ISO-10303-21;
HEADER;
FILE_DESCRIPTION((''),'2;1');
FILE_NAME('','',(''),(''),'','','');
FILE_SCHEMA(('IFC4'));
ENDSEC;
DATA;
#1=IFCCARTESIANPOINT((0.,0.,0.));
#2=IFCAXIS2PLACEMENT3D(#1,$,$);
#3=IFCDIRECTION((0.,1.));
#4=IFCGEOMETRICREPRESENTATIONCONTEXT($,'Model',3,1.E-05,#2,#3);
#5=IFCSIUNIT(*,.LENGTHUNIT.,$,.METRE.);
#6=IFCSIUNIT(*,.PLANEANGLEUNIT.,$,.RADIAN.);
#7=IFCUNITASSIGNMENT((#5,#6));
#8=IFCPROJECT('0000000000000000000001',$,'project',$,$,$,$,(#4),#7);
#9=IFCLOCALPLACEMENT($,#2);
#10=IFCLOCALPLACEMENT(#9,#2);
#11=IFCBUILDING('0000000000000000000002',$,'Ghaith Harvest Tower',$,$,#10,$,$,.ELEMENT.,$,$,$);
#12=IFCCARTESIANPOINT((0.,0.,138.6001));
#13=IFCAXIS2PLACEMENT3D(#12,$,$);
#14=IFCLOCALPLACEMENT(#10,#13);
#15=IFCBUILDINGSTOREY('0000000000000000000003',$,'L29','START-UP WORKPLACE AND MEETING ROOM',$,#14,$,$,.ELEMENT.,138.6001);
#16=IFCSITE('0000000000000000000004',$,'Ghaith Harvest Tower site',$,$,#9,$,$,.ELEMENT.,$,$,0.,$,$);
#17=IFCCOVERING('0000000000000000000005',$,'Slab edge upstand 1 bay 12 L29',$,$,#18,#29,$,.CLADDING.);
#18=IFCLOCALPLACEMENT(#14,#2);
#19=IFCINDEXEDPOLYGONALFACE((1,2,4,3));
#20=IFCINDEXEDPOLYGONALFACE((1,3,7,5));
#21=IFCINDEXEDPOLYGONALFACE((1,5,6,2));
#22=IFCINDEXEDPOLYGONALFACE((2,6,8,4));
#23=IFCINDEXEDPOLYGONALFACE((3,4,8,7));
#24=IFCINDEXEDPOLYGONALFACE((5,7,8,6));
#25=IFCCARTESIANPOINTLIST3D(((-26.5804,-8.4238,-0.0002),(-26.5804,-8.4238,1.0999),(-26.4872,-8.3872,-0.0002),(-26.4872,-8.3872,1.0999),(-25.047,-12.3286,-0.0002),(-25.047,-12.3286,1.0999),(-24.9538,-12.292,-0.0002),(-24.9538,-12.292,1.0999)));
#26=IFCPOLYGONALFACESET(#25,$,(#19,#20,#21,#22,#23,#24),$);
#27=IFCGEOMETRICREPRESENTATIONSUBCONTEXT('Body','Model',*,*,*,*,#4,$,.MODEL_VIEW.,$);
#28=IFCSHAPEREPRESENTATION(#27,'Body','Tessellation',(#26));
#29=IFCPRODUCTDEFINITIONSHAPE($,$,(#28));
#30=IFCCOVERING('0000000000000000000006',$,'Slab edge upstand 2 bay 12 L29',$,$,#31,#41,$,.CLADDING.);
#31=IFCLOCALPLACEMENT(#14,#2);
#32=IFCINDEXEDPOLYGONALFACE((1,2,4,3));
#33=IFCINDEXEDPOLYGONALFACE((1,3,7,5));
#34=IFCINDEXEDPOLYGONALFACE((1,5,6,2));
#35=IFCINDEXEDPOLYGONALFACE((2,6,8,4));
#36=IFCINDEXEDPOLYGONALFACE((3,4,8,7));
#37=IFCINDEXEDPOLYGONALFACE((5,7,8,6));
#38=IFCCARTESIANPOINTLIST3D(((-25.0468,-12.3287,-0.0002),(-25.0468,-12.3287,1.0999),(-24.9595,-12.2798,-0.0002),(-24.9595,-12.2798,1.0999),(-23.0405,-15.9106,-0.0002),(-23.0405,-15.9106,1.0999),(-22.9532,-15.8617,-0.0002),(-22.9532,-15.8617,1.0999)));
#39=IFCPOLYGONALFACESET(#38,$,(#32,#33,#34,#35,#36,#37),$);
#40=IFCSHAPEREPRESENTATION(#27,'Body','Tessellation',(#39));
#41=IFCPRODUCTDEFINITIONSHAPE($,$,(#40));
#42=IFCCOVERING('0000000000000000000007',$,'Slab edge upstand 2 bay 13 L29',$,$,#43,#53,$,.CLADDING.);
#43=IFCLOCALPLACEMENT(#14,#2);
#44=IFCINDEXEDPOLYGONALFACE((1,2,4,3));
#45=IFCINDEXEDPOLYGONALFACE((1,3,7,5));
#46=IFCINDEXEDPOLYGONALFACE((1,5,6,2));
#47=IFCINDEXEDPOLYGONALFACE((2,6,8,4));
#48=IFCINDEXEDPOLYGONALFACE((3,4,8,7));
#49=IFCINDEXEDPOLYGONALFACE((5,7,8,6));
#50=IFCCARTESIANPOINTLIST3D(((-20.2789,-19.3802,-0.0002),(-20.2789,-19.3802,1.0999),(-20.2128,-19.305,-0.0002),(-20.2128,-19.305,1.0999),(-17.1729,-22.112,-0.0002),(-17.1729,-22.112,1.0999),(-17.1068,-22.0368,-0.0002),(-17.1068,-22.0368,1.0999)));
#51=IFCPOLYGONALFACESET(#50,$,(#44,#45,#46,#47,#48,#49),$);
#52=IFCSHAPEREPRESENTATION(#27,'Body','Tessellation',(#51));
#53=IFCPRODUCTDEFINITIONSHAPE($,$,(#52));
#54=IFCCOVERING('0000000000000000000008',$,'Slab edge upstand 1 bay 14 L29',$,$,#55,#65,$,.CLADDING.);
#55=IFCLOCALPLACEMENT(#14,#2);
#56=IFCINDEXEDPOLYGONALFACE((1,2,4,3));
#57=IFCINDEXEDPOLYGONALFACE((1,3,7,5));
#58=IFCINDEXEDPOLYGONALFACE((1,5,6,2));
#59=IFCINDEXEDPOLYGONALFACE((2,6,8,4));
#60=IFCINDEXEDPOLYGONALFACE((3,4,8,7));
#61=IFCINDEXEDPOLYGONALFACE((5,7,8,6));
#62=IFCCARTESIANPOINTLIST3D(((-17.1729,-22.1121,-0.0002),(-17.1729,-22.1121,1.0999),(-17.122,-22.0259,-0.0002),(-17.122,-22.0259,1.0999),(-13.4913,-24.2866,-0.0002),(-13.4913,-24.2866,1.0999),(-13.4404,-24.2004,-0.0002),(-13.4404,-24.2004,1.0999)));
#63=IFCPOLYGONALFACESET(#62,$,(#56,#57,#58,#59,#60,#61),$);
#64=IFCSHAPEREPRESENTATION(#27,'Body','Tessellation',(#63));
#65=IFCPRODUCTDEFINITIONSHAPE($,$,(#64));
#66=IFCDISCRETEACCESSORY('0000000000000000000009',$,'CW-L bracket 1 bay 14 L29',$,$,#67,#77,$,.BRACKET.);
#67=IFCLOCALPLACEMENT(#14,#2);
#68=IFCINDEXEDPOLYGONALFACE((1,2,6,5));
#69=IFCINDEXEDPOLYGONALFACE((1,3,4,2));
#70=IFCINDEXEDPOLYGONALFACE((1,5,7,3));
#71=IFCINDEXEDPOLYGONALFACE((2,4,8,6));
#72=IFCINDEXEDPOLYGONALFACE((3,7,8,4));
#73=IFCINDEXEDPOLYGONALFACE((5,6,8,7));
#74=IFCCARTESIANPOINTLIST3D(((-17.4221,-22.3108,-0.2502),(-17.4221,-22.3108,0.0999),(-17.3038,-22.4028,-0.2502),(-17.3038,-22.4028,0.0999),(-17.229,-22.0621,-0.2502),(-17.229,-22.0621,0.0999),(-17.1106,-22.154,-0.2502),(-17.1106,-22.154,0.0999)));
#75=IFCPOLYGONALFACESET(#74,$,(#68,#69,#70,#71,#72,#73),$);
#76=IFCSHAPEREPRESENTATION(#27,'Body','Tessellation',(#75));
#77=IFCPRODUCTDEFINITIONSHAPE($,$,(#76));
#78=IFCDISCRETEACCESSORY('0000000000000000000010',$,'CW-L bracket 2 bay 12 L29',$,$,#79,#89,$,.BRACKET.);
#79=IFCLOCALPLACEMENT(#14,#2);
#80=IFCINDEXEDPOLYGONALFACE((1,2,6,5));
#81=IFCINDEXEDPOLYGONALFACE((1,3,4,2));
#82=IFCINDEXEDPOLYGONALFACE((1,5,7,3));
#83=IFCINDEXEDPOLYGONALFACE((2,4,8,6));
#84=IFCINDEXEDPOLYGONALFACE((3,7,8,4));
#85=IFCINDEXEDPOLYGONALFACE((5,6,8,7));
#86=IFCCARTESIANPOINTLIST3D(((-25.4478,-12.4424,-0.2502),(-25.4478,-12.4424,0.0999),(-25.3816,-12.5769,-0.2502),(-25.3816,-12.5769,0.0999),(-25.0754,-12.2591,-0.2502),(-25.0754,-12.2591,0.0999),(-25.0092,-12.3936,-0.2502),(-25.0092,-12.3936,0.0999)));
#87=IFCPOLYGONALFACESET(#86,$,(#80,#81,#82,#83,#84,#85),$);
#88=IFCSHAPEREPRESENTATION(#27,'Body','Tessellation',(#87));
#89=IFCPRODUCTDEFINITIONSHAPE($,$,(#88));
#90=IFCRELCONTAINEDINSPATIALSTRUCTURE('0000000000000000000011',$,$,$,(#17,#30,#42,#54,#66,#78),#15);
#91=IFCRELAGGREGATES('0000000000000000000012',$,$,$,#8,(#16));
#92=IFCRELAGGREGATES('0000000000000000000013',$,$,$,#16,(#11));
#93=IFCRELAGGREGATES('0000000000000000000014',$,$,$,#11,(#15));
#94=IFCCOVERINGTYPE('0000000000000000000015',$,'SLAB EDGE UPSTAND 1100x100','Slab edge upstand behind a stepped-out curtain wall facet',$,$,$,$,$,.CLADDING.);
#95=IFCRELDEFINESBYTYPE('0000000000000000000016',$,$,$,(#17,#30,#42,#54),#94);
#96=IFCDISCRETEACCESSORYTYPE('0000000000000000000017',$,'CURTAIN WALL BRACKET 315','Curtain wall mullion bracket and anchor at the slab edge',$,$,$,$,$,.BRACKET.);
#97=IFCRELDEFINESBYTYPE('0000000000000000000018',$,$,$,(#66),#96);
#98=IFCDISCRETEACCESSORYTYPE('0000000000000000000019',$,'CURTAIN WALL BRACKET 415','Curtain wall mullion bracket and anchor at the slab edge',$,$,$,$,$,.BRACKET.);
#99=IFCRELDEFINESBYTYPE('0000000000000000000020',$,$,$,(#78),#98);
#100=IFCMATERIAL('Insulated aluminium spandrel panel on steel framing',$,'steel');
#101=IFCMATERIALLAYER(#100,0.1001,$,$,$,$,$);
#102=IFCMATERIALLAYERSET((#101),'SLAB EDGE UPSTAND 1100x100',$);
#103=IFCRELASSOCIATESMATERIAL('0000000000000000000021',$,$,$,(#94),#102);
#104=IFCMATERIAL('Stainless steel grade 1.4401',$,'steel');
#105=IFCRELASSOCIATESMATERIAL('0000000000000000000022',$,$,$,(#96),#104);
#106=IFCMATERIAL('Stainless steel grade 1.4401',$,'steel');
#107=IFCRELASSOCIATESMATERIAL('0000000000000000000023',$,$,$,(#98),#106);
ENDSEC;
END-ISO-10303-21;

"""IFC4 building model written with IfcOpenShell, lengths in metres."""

from ifc_helpers import new_model, si_unit, direction, frame, origin, origin_2d, place, context, subcontext, project, spatial, rectangle, extrude, material, layer, layer_set, type_object, element, save


model = new_model("IFC4")

# Units and contexts
model_context = context("Model", 3, precision=1e-05, world=origin(), true_north=direction((0.0, 1.0)))
body_context = subcontext(model_context, "Body", "Model", "MODEL_VIEW")
ifc_project = project(units=[si_unit("LENGTHUNIT", "METRE"), si_unit("PLANEANGLEUNIT", "RADIAN")], contexts=[model_context])

# Site, building, storey
site_placement = place(None, origin())
site = spatial("IfcSite", under=ifc_project, at=site_placement, Name="Ghaith Harvest Tower site", CompositionType="ELEMENT", RefElevation=0.0)
building_placement = place(site_placement, origin())
building = spatial("IfcBuilding", under=site, at=building_placement, Name="Ghaith Harvest Tower", CompositionType="ELEMENT")
storey_placement = place(building_placement, frame((0.0, 0.0, 138.6001)))
storey = spatial("IfcBuildingStorey", under=building, at=storey_placement, Name="L29", Description="START-UP WORKPLACE AND MEETING ROOM", CompositionType="ELEMENT", Elevation=138.6001)

# Coverings
ifc_material_1 = material(Name="Insulated aluminium spandrel panel on steel framing", Category="steel")
ifc_layer_1 = layer(ifc_material_1, 0.1001)
ifc_layer_set_1 = layer_set([ifc_layer_1], Name="SLAB EDGE UPSTAND 1100x100")
covering_type = type_object("IfcCoveringType", Name="SLAB EDGE UPSTAND 1100x100", Description="Slab edge upstand behind a stepped-out curtain wall facet", PredefinedType="CLADDING", material=ifc_layer_set_1)
covering_1_placement = place(storey_placement, frame((-25.7671, -10.3579, -0.0002), z_axis=(0.0, 0.0, 1.0), x_axis=(0.365515, -0.930805, 0.0)))
element("IfcCovering", 1, at=covering_1_placement, inside=storey, type_object=covering_type, Name="Slab edge upstand 1 bay 12 L29", PredefinedType="CLADDING", context=body_context, shape_type="SweptSolid", body=[
    extrude(rectangle(XDim=4.1951, YDim=0.1001, at=origin_2d()), origin(), (0.0, 0.0, 1.0), 1.1001),
])
covering_2_placement = place(storey_placement, frame((-24.0, -14.0952, -0.0002), z_axis=(0.0, 0.0, 1.0), x_axis=(0.488684, -0.872461, 0.0)))
element("IfcCovering", 2, at=covering_2_placement, inside=storey, type_object=covering_type, Name="Slab edge upstand 2 bay 12 L29", PredefinedType="CLADDING", context=body_context, shape_type="SweptSolid", body=[
    extrude(rectangle(XDim=4.1055, YDim=0.1001, at=origin_2d()), origin(), (0.0, 0.0, 1.0), 1.1001),
])
covering_3_placement = place(storey_placement, frame((-18.6929, -20.7085, -0.0002), z_axis=(0.0, 0.0, 1.0), x_axis=(0.750892, -0.660425, 0.0)))
element("IfcCovering", 3, at=covering_3_placement, inside=storey, type_object=covering_type, Name="Slab edge upstand 2 bay 13 L29", PredefinedType="CLADDING", context=body_context, shape_type="SweptSolid", body=[
    extrude(rectangle(XDim=4.1365, YDim=0.1001, at=origin_2d()), origin(), (0.0, 0.0, 1.0), 1.1001),
])
covering_4_placement = place(storey_placement, frame((-15.3066, -23.1562, -0.0002), z_axis=(0.0, 0.0, 1.0), x_axis=(0.861021, -0.50857, 0.0)))
element("IfcCovering", 4, at=covering_4_placement, inside=storey, type_object=covering_type, Name="Slab edge upstand 1 bay 14 L29", PredefinedType="CLADDING", context=body_context, shape_type="SweptSolid", body=[
    extrude(rectangle(XDim=4.2759, YDim=0.1001, at=origin_2d()), origin(), (0.0, 0.0, 1.0), 1.1001),
])

# Discrete accessories
ifc_material_2 = material(Name="Stainless steel grade 1.4401", Category="steel")
discrete_accessory_type_1 = type_object("IfcDiscreteAccessoryType", Name="CURTAIN WALL BRACKET 315", Description="Curtain wall mullion bracket and anchor at the slab edge", PredefinedType="BRACKET", material=ifc_material_2)
discrete_accessory_1_placement = place(storey_placement, frame((-17.2664, -22.2324, -0.2502), z_axis=(0.0, 0.0, 1.0), x_axis=(-0.613378, -0.78979, 0.0)))
element("IfcDiscreteAccessory", 5, at=discrete_accessory_1_placement, inside=storey, type_object=discrete_accessory_type_1, Name="CW-L bracket 1 bay 14 L29", PredefinedType="BRACKET", context=body_context, shape_type="SweptSolid", body=[
    extrude(rectangle(XDim=0.3149, YDim=0.1499, at=origin_2d()), origin(), (0.0, 0.0, 1.0), 0.3501),
])
ifc_material_3 = material(Name="Stainless steel grade 1.4401", Category="steel")
discrete_accessory_type_2 = type_object("IfcDiscreteAccessoryType", Name="CURTAIN WALL BRACKET 415", Description="Curtain wall mullion bracket and anchor at the slab edge", PredefinedType="BRACKET", material=ifc_material_3)
discrete_accessory_2_placement = place(storey_placement, frame((-25.2285, -12.418, -0.2502), z_axis=(0.0, 0.0, 1.0), x_axis=(-0.897201, -0.441622, 0.0)))
element("IfcDiscreteAccessory", 6, at=discrete_accessory_2_placement, inside=storey, type_object=discrete_accessory_type_2, Name="CW-L bracket 2 bay 12 L29", PredefinedType="BRACKET", context=body_context, shape_type="SweptSolid", body=[
    extrude(rectangle(XDim=0.415, YDim=0.1499, at=origin_2d()), origin(), (0.0, 0.0, 1.0), 0.3501),
])

save(model, "model.ifc")
